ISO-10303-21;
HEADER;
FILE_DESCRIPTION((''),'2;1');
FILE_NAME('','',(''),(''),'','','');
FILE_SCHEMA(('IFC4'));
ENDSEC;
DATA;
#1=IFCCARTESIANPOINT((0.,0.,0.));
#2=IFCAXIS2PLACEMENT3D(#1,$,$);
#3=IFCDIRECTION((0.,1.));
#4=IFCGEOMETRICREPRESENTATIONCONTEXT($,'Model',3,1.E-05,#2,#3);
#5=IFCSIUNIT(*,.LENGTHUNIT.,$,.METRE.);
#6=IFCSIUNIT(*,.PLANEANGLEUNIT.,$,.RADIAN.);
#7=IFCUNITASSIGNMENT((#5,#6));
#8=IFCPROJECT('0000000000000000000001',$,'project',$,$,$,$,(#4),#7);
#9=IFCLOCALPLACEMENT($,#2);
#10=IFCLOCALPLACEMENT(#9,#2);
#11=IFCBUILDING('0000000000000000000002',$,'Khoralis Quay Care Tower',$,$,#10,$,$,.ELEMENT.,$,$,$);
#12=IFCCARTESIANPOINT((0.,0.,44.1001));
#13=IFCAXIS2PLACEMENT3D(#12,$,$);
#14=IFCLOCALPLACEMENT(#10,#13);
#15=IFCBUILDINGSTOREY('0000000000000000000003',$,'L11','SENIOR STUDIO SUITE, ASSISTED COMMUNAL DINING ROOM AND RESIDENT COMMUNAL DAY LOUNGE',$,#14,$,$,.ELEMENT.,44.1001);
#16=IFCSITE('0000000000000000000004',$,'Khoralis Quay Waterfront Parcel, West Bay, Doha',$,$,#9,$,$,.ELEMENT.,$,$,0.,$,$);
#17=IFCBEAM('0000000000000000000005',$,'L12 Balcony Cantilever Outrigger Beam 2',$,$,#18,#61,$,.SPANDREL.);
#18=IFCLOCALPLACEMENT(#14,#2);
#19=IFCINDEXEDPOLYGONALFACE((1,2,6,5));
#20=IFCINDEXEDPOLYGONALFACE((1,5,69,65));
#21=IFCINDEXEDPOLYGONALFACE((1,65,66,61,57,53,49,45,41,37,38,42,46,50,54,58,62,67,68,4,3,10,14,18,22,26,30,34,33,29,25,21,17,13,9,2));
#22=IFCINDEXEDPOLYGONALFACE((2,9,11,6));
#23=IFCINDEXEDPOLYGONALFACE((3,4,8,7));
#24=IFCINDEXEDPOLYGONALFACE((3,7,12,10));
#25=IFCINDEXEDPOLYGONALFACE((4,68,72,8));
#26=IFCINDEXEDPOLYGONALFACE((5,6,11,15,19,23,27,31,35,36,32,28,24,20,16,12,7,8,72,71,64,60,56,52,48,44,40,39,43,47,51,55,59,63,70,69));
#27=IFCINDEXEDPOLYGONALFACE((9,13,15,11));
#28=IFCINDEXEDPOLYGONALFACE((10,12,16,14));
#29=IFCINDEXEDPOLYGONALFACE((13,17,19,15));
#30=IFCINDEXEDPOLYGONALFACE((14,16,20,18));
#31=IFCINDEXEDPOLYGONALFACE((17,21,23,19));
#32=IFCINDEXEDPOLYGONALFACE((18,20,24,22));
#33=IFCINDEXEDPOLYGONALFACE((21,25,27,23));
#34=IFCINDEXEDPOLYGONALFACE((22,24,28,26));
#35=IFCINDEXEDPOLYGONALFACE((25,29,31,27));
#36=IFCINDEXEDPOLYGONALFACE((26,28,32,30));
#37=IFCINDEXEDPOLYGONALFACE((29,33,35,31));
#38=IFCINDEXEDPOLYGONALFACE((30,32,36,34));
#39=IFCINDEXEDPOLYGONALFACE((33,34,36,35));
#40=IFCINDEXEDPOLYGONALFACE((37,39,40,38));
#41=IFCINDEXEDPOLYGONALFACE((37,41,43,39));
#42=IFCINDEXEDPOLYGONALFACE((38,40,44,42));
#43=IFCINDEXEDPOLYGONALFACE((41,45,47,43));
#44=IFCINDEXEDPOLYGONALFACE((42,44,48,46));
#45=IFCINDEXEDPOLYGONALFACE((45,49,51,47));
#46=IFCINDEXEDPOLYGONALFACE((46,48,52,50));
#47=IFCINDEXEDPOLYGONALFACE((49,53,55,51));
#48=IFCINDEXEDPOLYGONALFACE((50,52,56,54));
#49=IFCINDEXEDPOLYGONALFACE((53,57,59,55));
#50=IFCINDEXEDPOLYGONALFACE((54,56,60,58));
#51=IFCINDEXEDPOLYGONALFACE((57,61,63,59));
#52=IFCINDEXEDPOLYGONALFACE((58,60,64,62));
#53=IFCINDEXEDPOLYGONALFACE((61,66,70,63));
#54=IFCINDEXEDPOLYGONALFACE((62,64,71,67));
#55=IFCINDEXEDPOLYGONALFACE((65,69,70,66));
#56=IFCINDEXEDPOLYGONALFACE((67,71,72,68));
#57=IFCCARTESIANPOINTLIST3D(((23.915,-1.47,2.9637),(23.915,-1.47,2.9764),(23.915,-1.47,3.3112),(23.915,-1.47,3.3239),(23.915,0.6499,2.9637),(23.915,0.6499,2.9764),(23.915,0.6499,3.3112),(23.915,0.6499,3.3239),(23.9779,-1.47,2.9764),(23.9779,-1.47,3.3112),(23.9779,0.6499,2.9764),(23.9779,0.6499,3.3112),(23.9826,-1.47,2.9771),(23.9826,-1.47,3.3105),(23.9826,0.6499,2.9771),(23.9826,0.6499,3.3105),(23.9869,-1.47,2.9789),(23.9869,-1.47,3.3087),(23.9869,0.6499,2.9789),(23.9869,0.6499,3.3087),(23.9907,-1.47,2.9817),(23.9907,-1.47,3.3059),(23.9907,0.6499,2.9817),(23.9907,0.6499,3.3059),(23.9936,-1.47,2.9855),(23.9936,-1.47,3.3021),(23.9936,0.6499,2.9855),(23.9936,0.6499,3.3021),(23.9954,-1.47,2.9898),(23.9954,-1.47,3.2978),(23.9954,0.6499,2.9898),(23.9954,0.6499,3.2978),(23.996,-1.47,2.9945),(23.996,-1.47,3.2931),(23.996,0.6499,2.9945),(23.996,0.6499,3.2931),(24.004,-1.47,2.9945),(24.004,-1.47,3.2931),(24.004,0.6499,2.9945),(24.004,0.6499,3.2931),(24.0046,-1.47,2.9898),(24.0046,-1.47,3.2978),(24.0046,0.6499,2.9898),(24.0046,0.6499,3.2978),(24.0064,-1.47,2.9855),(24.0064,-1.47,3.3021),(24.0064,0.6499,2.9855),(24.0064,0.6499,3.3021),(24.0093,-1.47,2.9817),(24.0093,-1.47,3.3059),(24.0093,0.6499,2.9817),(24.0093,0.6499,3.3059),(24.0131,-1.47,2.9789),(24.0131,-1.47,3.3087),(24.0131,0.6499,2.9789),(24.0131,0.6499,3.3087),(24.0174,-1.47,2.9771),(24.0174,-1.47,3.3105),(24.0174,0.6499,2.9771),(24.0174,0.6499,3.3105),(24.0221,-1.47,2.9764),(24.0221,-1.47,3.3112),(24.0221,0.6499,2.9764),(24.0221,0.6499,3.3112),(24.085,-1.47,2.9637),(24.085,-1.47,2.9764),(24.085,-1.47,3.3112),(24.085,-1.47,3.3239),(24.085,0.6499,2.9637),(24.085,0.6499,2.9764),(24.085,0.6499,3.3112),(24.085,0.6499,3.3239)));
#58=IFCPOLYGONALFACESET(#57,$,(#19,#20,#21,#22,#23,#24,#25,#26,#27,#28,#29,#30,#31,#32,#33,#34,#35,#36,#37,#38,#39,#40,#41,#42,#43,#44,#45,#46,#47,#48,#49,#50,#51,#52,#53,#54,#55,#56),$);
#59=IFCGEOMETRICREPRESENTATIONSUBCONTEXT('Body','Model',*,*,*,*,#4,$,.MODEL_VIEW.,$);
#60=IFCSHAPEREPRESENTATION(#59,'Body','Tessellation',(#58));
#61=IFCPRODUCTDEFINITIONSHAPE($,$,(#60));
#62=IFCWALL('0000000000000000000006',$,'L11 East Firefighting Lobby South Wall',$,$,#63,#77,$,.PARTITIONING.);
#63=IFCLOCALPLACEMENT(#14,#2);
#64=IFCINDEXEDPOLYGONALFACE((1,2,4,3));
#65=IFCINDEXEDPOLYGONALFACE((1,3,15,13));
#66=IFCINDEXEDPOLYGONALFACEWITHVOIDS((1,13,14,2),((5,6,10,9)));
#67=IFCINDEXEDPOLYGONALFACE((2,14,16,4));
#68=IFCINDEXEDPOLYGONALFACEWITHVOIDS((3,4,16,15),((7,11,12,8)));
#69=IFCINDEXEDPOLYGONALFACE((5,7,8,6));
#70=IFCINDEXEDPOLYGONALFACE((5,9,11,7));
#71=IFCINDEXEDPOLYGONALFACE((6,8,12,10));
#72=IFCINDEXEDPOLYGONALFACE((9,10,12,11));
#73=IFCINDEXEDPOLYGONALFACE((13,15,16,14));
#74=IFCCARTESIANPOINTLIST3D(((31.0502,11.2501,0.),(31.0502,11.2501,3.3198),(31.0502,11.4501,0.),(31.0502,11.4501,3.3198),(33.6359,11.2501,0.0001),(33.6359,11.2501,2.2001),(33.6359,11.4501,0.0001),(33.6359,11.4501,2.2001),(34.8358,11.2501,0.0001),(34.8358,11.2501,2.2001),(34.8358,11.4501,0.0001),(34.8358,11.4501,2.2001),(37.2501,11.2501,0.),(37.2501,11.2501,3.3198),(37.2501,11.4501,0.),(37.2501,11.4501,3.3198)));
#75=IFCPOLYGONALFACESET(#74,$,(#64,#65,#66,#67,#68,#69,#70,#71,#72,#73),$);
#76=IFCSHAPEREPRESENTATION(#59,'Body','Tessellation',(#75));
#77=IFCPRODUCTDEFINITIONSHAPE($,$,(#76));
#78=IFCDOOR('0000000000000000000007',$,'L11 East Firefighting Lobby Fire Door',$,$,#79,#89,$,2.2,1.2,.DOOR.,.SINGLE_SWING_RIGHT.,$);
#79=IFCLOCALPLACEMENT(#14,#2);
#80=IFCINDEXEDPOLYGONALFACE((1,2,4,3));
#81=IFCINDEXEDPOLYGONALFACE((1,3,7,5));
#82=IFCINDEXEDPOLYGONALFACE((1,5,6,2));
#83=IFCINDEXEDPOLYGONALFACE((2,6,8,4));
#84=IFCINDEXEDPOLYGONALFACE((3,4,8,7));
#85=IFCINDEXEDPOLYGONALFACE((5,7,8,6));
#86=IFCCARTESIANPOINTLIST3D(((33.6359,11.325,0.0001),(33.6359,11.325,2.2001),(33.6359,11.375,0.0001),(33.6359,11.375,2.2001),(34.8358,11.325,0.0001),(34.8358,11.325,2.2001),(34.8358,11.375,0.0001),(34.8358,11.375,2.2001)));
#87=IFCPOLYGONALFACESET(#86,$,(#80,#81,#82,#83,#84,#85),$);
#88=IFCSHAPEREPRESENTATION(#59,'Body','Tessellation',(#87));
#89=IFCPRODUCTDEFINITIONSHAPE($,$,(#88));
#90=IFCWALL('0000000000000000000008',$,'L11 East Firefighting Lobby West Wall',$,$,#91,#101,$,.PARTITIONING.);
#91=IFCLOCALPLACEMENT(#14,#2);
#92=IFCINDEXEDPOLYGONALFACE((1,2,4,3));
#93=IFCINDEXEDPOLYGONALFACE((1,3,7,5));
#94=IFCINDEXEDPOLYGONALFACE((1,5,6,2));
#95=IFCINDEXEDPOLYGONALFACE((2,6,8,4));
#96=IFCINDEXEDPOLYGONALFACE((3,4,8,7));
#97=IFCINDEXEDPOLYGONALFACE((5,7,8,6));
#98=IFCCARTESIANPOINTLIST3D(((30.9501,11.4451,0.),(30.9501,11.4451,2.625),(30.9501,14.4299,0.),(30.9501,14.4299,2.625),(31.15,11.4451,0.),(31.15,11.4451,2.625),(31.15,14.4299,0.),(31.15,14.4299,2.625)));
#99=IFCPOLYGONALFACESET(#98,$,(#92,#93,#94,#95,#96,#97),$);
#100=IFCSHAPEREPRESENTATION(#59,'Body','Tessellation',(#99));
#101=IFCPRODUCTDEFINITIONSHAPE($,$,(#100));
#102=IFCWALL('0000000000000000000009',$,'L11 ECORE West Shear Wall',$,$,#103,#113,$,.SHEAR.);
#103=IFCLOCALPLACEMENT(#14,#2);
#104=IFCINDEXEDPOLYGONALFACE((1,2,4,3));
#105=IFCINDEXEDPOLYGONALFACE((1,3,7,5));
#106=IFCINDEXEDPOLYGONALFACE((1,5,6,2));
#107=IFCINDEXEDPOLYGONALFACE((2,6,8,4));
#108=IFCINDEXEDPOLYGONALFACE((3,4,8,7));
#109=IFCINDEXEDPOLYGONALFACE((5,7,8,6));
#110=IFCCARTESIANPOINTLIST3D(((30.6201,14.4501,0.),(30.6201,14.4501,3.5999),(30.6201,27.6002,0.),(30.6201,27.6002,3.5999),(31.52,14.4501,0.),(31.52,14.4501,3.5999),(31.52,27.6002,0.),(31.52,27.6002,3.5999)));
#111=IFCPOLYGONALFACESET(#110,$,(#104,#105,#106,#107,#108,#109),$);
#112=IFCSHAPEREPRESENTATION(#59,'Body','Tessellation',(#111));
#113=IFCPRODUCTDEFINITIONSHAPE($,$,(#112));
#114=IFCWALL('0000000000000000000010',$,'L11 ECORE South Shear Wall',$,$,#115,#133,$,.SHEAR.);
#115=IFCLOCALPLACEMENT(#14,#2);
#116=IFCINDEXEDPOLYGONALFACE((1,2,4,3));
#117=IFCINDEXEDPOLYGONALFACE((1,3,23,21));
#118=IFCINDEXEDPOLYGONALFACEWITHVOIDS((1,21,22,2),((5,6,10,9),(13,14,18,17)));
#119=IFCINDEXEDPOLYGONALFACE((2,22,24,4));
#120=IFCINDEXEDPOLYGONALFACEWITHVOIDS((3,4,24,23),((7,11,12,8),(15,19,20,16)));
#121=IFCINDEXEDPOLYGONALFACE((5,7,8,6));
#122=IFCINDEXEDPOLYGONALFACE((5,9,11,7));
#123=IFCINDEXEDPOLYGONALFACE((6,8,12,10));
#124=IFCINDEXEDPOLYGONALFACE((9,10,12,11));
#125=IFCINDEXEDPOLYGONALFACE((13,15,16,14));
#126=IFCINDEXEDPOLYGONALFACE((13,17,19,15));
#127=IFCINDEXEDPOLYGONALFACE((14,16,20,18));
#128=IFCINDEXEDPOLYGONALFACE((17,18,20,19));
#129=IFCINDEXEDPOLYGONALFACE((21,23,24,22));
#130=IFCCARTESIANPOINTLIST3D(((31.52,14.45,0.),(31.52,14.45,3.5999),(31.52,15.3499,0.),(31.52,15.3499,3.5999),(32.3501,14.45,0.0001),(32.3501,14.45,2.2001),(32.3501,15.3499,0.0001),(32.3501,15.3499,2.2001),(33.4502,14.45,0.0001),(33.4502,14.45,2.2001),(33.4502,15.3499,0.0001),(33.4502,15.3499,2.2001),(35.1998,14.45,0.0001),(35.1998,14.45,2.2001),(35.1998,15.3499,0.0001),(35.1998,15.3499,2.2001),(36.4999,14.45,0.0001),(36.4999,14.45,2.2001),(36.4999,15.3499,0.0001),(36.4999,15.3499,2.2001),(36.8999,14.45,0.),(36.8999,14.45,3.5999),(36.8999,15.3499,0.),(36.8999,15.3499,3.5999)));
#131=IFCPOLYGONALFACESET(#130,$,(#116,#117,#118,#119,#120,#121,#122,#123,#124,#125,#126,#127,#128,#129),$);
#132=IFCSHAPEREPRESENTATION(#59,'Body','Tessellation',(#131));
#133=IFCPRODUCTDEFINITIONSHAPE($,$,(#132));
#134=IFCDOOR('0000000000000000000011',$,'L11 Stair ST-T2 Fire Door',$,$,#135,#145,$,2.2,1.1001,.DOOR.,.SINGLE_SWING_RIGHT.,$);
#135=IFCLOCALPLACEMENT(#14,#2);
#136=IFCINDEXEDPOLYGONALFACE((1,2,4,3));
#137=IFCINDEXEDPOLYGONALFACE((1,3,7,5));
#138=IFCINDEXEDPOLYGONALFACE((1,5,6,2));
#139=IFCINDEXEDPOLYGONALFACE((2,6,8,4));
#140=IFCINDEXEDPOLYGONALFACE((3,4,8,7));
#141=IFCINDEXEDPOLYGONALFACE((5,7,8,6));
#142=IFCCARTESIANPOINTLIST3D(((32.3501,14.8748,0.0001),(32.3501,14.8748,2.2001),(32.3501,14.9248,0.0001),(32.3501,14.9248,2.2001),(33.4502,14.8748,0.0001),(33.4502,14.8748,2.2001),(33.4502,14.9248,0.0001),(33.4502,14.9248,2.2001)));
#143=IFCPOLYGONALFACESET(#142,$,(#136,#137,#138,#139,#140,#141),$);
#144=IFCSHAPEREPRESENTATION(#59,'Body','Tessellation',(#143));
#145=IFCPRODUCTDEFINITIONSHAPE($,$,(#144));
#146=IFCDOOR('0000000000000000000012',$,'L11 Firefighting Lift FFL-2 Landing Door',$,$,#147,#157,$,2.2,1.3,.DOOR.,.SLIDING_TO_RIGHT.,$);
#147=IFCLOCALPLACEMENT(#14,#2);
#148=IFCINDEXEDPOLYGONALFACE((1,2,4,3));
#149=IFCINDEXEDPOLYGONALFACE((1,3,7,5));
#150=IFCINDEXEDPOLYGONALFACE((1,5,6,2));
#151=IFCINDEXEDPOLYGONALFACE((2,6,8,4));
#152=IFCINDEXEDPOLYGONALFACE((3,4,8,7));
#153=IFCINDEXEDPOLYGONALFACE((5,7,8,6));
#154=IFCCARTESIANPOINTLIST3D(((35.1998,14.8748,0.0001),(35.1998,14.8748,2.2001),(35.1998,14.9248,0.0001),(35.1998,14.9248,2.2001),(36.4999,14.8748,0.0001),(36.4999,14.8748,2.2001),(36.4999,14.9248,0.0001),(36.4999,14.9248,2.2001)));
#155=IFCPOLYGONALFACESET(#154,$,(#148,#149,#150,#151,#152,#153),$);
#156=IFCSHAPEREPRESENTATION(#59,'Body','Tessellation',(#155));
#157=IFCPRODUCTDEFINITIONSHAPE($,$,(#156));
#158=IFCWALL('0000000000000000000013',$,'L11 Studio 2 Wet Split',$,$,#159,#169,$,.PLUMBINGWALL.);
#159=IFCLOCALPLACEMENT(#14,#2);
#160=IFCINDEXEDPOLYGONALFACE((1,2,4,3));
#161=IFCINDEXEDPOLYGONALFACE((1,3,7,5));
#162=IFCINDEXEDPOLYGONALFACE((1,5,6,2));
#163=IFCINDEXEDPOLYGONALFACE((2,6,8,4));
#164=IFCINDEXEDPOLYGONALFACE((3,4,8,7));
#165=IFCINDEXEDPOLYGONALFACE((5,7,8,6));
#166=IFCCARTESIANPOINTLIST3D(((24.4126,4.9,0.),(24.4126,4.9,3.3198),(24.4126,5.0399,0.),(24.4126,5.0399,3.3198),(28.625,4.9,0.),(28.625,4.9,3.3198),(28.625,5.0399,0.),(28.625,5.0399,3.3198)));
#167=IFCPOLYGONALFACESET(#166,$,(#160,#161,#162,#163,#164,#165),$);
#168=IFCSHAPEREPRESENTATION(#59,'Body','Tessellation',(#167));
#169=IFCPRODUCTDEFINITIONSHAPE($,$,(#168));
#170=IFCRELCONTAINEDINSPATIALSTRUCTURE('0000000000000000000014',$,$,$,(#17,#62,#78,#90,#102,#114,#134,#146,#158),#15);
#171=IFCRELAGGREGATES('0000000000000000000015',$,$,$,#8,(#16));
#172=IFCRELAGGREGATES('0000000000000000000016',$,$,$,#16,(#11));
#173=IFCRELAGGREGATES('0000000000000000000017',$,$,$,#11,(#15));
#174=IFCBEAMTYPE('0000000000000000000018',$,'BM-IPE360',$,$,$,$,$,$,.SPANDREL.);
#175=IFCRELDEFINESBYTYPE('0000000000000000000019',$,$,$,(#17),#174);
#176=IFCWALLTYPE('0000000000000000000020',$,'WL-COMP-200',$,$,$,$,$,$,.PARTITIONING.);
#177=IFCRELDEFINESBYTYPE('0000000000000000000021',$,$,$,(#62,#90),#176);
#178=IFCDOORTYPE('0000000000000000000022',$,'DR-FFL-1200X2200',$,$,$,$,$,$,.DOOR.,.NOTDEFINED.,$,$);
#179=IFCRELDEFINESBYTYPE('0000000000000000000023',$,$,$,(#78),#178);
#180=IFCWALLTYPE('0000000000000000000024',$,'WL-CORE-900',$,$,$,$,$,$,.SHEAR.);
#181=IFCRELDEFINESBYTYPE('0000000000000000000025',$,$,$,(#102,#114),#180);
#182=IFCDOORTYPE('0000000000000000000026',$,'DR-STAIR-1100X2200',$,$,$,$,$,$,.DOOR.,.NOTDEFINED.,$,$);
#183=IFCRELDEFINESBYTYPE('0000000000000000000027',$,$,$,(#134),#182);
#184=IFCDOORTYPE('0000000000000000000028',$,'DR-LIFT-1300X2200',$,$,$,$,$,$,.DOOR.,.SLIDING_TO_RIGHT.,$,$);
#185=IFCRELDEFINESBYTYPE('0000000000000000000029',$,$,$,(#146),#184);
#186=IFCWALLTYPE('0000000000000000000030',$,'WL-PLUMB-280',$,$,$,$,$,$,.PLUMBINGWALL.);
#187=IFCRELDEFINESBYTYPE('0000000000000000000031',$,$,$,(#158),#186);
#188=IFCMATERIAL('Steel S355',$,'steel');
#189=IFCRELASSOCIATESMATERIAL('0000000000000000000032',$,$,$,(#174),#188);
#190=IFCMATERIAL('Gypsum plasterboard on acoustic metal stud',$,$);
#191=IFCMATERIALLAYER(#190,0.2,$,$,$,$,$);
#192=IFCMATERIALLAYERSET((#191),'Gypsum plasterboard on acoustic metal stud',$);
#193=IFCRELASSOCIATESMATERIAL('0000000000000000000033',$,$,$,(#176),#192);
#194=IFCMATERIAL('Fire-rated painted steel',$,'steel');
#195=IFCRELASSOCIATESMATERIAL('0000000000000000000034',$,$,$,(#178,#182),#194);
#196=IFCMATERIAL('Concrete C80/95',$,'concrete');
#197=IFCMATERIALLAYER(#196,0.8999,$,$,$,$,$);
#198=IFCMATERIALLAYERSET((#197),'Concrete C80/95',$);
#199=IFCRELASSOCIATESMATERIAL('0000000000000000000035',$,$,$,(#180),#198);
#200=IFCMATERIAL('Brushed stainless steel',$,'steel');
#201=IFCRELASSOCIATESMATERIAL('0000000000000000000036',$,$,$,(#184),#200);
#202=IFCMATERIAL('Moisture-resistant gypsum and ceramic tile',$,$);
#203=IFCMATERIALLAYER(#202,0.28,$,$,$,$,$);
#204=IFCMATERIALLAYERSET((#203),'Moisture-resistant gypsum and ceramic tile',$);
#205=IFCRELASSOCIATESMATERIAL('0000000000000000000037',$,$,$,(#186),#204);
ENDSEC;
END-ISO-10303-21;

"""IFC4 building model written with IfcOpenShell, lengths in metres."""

from ifc_helpers import new_model, si_unit, direction, frame, frame_2d, origin, origin_2d, place, context, subcontext, project, spatial, rectangle, i_section, extrude, source, transform, mapped, material, layer, layer_set, material_profile, profile_set, type_object, element, fill, save


model = new_model("IFC4")

# Units and contexts
model_context = context("Model", 3, precision=1e-05, world=origin(), true_north=direction((0.0, 1.0)))
body_context = subcontext(model_context, "Body", "Model", "MODEL_VIEW")
ifc_project = project(units=[si_unit("LENGTHUNIT", "METRE"), si_unit("PLANEANGLEUNIT", "RADIAN")], contexts=[model_context])

# Site, building, storey
site_placement = place(None, origin())
site = spatial("IfcSite", under=ifc_project, at=site_placement, Name="Khoralis Quay Waterfront Parcel, West Bay, Doha", CompositionType="ELEMENT", RefElevation=0.0)
building_placement = place(site_placement, origin())
building = spatial("IfcBuilding", under=site, at=building_placement, Name="Khoralis Quay Care Tower", CompositionType="ELEMENT")
storey_placement = place(building_placement, frame((0.0, 0.0, 44.1001)))
storey = spatial("IfcBuildingStorey", under=building, at=storey_placement, Name="L11", Description="SENIOR STUDIO SUITE, ASSISTED COMMUNAL DINING ROOM AND RESIDENT COMMUNAL DAY LOUNGE", CompositionType="ELEMENT", Elevation=44.1001)

# Shared definitions
ifc_material_1 = material(Name="Concrete C80/95", Category="concrete")

# Beam
ifc_material_2 = material(Name="Steel S355", Category="steel")
ifc_material_profile_1 = material_profile(ifc_material_2, i_section(OverallWidth=0.1699, OverallDepth=0.3601, WebThickness=0.0081, FlangeThickness=0.0127, FilletRadius=0.0181, at=origin_2d()), Name="Steel S355")
ifc_profile_set_1 = profile_set([ifc_material_profile_1], Name="Steel S355")
beam_type_1 = type_object("IfcBeamType", Name="BM-IPE360", PredefinedType="SPANDREL", material=ifc_profile_set_1)
shared_shape_1 = source(origin(), body_context, "Body", "SweptSolid", [
    extrude(i_section(OverallWidth=0.1699, OverallDepth=0.3601, WebThickness=0.0081, FlangeThickness=0.0127, FilletRadius=0.0181, at=origin_2d()), origin(), (0.0, 0.0, 1.0), 2.1199),
])
beam_1_placement = place(storey_placement, frame((24.0, 0.6499, 3.1438), z_axis=(0.0, -1.0, 0.0), x_axis=(1.0, 0.0, 0.0)))
element("IfcBeam", 1, at=beam_1_placement, inside=storey, type_object=beam_type_1, Name="L12 Balcony Cantilever Outrigger Beam 2", PredefinedType="SPANDREL", context=body_context, shape_type="MappedRepresentation", body=[
    mapped(shared_shape_1, transform((0.0, 0.0, 0.0), scale=1.0)),
])

# Wall, opening, door
ifc_material_3 = material(Name="Gypsum plasterboard on acoustic metal stud")
ifc_layer_1 = layer(ifc_material_3, 0.2)
ifc_layer_set_1 = layer_set([ifc_layer_1], Name="Gypsum plasterboard on acoustic metal stud")
wall_type_1 = type_object("IfcWallType", Name="WL-COMP-200", PredefinedType="PARTITIONING", material=ifc_layer_set_1)
wall_1_placement = place(storey_placement, frame((31.05, 11.3501, 0.0), z_axis=(0.0, 0.0, 1.0), x_axis=(1.0, 0.0, 0.0)))
wall_1 = element("IfcWall", 2, at=wall_1_placement, inside=storey, type_object=wall_type_1, Name="L11 East Firefighting Lobby South Wall", PredefinedType="PARTITIONING", context=body_context, shape_type="SweptSolid", body=[
    extrude(rectangle(XDim=6.2, YDim=0.2, at=frame_2d((3.1001, 0.0))), origin(), (0.0, 0.0, 1.0), 3.3198),
])
opening_1_placement = place(wall_1_placement, frame((2.5857, 0.0, 0.0)))
opening_1 = element("IfcOpeningElement", 3, at=opening_1_placement, cuts=wall_1, PredefinedType="OPENING", context=body_context, shape_type="SweptSolid", body=[
    extrude(rectangle(XDim=1.2, YDim=2.2, at=frame_2d((0.6001, 1.1001))), frame((0.0, 0.1099, 0.0), z_axis=(0.0, -1.0, 0.0), x_axis=(1.0, 0.0, 0.0)), (0.0, 0.0, 1.0), 0.22),
])
ifc_material_4 = material(Name="Fire-rated painted steel", Category="steel")
door_type_1 = type_object("IfcDoorType", Name="DR-FFL-1200X2200", OperationType="NOTDEFINED", PredefinedType="DOOR", material=ifc_material_4)
shared_shape_2 = source(origin(), body_context, "Body", "SweptSolid", [
    extrude(rectangle(XDim=1.2, YDim=2.2, at=frame_2d((0.6001, 1.1001))), frame((0.0, 0.0249, 0.0), z_axis=(0.0, -1.0, 0.0), x_axis=(1.0, 0.0, 0.0)), (0.0, 0.0, 1.0), 0.05),
])
door_1_placement = place(opening_1_placement, origin())
door_1 = element("IfcDoor", 4, at=door_1_placement, inside=storey, type_object=door_type_1, Name="L11 East Firefighting Lobby Fire Door", OperationType="SINGLE_SWING_RIGHT", OverallHeight=2.2, OverallWidth=1.2, PredefinedType="DOOR", context=body_context, shape_type="MappedRepresentation", body=[
    mapped(shared_shape_2, transform((0.0, 0.0, 0.0), scale=1.0)),
])
fill(opening_1, door_1)

# Walls
wall_2_placement = place(storey_placement, frame((31.05, 11.4451, 0.0), z_axis=(0.0, 0.0, 1.0), x_axis=(0.0, 1.0, 0.0)))
element("IfcWall", 5, at=wall_2_placement, inside=storey, type_object=wall_type_1, Name="L11 East Firefighting Lobby West Wall", PredefinedType="PARTITIONING", context=body_context, shape_type="SweptSolid", body=[
    extrude(rectangle(XDim=2.9849, YDim=0.2, at=frame_2d((1.4924, 0.0))), origin(), (0.0, 0.0, 1.0), 2.625),
])
ifc_layer_2 = layer(ifc_material_1, 0.8999)
ifc_layer_set_2 = layer_set([ifc_layer_2], Name="Concrete C80/95")
wall_type_2 = type_object("IfcWallType", Name="WL-CORE-900", PredefinedType="SHEAR", material=ifc_layer_set_2)
wall_3_placement = place(storey_placement, frame((31.0701, 14.45, 0.0), z_axis=(0.0, 0.0, 1.0), x_axis=(0.0, 1.0, 0.0)))
element("IfcWall", 6, at=wall_3_placement, inside=storey, type_object=wall_type_2, Name="L11 ECORE West Shear Wall", PredefinedType="SHEAR", context=body_context, shape_type="SweptSolid", body=[
    extrude(rectangle(XDim=13.1501, YDim=0.8999, at=frame_2d((6.5752, 0.0))), origin(), (0.0, 0.0, 1.0), 3.5999),
])

# Wall, openings, doors
wall_4_placement = place(storey_placement, frame((31.52, 14.8999, 0.0), z_axis=(0.0, 0.0, 1.0), x_axis=(1.0, 0.0, 0.0)))
wall_4 = element("IfcWall", 7, at=wall_4_placement, inside=storey, type_object=wall_type_2, Name="L11 ECORE South Shear Wall", PredefinedType="SHEAR", context=body_context, shape_type="SweptSolid", body=[
    extrude(rectangle(XDim=5.3799, YDim=0.8999, at=frame_2d((2.6899, 0.0))), origin(), (0.0, 0.0, 1.0), 3.5999),
])
opening_2_placement = place(wall_4_placement, frame((0.8301, 0.0, 0.0)))
opening_2 = element("IfcOpeningElement", 8, at=opening_2_placement, cuts=wall_4, PredefinedType="OPENING", context=body_context, shape_type="SweptSolid", body=[
    extrude(rectangle(XDim=1.1001, YDim=2.2, at=frame_2d((0.55, 1.1001))), frame((0.0, 0.46, 0.0), z_axis=(0.0, -1.0, 0.0), x_axis=(1.0, 0.0, 0.0)), (0.0, 0.0, 1.0), 0.9199),
])
opening_3_placement = place(wall_4_placement, frame((3.6799, 0.0, 0.0)))
opening_3 = element("IfcOpeningElement", 9, at=opening_3_placement, cuts=wall_4, PredefinedType="OPENING", context=body_context, shape_type="SweptSolid", body=[
    extrude(rectangle(XDim=1.3, YDim=2.2, at=frame_2d((0.6499, 1.1001))), frame((0.0, 0.46, 0.0), z_axis=(0.0, -1.0, 0.0), x_axis=(1.0, 0.0, 0.0)), (0.0, 0.0, 1.0), 0.9199),
])
door_type_2 = type_object("IfcDoorType", Name="DR-STAIR-1100X2200", OperationType="NOTDEFINED", PredefinedType="DOOR", material=ifc_material_4)
shared_shape_3 = source(origin(), body_context, "Body", "SweptSolid", [
    extrude(rectangle(XDim=1.1001, YDim=2.2, at=frame_2d((0.55, 1.1001))), frame((0.0, 0.0249, 0.0), z_axis=(0.0, -1.0, 0.0), x_axis=(1.0, 0.0, 0.0)), (0.0, 0.0, 1.0), 0.05),
])
door_2_placement = place(opening_2_placement, origin())
door_2 = element("IfcDoor", 10, at=door_2_placement, inside=storey, type_object=door_type_2, Name="L11 Stair ST-T2 Fire Door", OperationType="SINGLE_SWING_RIGHT", OverallHeight=2.2, OverallWidth=1.1001, PredefinedType="DOOR", context=body_context, shape_type="MappedRepresentation", body=[
    mapped(shared_shape_3, transform((0.0, 0.0, 0.0), scale=1.0)),
])
fill(opening_2, door_2)
ifc_material_5 = material(Name="Brushed stainless steel", Category="steel")
door_type_3 = type_object("IfcDoorType", Name="DR-LIFT-1300X2200", OperationType="SLIDING_TO_RIGHT", PredefinedType="DOOR", material=ifc_material_5)
shared_shape_4 = source(origin(), body_context, "Body", "SweptSolid", [
    extrude(rectangle(XDim=1.3, YDim=2.2, at=frame_2d((0.6499, 1.1001))), frame((0.0, 0.0249, 0.0), z_axis=(0.0, -1.0, 0.0), x_axis=(1.0, 0.0, 0.0)), (0.0, 0.0, 1.0), 0.05),
])
door_3_placement = place(opening_3_placement, origin())
door_3 = element("IfcDoor", 11, at=door_3_placement, inside=storey, type_object=door_type_3, Name="L11 Firefighting Lift FFL-2 Landing Door", OperationType="SLIDING_TO_RIGHT", OverallHeight=2.2, OverallWidth=1.3, PredefinedType="DOOR", context=body_context, shape_type="MappedRepresentation", body=[
    mapped(shared_shape_4, transform((0.0, 0.0, 0.0), scale=1.0)),
])
fill(opening_3, door_3)

# Wall
ifc_material_6 = material(Name="Moisture-resistant gypsum and ceramic tile")
ifc_layer_3 = layer(ifc_material_6, 0.28)
ifc_layer_set_3 = layer_set([ifc_layer_3], Name="Moisture-resistant gypsum and ceramic tile")
wall_type_3 = type_object("IfcWallType", Name="WL-PLUMB-280", PredefinedType="PLUMBINGWALL", material=ifc_layer_set_3)
wall_5_placement = place(storey_placement, frame((24.4126, 4.97, 0.0), z_axis=(0.0, 0.0, 1.0), x_axis=(1.0, 0.0, 0.0)))
element("IfcWall", 12, at=wall_5_placement, inside=storey, type_object=wall_type_3, Name="L11 Studio 2 Wet Split", PredefinedType="PLUMBINGWALL", context=body_context, shape_type="SweptSolid", body=[
    extrude(rectangle(XDim=4.2124, YDim=0.1399, at=frame_2d((2.1062, 0.0))), origin(), (0.0, 0.0, 1.0), 3.3198),
])

save(model, "model.ifc")
